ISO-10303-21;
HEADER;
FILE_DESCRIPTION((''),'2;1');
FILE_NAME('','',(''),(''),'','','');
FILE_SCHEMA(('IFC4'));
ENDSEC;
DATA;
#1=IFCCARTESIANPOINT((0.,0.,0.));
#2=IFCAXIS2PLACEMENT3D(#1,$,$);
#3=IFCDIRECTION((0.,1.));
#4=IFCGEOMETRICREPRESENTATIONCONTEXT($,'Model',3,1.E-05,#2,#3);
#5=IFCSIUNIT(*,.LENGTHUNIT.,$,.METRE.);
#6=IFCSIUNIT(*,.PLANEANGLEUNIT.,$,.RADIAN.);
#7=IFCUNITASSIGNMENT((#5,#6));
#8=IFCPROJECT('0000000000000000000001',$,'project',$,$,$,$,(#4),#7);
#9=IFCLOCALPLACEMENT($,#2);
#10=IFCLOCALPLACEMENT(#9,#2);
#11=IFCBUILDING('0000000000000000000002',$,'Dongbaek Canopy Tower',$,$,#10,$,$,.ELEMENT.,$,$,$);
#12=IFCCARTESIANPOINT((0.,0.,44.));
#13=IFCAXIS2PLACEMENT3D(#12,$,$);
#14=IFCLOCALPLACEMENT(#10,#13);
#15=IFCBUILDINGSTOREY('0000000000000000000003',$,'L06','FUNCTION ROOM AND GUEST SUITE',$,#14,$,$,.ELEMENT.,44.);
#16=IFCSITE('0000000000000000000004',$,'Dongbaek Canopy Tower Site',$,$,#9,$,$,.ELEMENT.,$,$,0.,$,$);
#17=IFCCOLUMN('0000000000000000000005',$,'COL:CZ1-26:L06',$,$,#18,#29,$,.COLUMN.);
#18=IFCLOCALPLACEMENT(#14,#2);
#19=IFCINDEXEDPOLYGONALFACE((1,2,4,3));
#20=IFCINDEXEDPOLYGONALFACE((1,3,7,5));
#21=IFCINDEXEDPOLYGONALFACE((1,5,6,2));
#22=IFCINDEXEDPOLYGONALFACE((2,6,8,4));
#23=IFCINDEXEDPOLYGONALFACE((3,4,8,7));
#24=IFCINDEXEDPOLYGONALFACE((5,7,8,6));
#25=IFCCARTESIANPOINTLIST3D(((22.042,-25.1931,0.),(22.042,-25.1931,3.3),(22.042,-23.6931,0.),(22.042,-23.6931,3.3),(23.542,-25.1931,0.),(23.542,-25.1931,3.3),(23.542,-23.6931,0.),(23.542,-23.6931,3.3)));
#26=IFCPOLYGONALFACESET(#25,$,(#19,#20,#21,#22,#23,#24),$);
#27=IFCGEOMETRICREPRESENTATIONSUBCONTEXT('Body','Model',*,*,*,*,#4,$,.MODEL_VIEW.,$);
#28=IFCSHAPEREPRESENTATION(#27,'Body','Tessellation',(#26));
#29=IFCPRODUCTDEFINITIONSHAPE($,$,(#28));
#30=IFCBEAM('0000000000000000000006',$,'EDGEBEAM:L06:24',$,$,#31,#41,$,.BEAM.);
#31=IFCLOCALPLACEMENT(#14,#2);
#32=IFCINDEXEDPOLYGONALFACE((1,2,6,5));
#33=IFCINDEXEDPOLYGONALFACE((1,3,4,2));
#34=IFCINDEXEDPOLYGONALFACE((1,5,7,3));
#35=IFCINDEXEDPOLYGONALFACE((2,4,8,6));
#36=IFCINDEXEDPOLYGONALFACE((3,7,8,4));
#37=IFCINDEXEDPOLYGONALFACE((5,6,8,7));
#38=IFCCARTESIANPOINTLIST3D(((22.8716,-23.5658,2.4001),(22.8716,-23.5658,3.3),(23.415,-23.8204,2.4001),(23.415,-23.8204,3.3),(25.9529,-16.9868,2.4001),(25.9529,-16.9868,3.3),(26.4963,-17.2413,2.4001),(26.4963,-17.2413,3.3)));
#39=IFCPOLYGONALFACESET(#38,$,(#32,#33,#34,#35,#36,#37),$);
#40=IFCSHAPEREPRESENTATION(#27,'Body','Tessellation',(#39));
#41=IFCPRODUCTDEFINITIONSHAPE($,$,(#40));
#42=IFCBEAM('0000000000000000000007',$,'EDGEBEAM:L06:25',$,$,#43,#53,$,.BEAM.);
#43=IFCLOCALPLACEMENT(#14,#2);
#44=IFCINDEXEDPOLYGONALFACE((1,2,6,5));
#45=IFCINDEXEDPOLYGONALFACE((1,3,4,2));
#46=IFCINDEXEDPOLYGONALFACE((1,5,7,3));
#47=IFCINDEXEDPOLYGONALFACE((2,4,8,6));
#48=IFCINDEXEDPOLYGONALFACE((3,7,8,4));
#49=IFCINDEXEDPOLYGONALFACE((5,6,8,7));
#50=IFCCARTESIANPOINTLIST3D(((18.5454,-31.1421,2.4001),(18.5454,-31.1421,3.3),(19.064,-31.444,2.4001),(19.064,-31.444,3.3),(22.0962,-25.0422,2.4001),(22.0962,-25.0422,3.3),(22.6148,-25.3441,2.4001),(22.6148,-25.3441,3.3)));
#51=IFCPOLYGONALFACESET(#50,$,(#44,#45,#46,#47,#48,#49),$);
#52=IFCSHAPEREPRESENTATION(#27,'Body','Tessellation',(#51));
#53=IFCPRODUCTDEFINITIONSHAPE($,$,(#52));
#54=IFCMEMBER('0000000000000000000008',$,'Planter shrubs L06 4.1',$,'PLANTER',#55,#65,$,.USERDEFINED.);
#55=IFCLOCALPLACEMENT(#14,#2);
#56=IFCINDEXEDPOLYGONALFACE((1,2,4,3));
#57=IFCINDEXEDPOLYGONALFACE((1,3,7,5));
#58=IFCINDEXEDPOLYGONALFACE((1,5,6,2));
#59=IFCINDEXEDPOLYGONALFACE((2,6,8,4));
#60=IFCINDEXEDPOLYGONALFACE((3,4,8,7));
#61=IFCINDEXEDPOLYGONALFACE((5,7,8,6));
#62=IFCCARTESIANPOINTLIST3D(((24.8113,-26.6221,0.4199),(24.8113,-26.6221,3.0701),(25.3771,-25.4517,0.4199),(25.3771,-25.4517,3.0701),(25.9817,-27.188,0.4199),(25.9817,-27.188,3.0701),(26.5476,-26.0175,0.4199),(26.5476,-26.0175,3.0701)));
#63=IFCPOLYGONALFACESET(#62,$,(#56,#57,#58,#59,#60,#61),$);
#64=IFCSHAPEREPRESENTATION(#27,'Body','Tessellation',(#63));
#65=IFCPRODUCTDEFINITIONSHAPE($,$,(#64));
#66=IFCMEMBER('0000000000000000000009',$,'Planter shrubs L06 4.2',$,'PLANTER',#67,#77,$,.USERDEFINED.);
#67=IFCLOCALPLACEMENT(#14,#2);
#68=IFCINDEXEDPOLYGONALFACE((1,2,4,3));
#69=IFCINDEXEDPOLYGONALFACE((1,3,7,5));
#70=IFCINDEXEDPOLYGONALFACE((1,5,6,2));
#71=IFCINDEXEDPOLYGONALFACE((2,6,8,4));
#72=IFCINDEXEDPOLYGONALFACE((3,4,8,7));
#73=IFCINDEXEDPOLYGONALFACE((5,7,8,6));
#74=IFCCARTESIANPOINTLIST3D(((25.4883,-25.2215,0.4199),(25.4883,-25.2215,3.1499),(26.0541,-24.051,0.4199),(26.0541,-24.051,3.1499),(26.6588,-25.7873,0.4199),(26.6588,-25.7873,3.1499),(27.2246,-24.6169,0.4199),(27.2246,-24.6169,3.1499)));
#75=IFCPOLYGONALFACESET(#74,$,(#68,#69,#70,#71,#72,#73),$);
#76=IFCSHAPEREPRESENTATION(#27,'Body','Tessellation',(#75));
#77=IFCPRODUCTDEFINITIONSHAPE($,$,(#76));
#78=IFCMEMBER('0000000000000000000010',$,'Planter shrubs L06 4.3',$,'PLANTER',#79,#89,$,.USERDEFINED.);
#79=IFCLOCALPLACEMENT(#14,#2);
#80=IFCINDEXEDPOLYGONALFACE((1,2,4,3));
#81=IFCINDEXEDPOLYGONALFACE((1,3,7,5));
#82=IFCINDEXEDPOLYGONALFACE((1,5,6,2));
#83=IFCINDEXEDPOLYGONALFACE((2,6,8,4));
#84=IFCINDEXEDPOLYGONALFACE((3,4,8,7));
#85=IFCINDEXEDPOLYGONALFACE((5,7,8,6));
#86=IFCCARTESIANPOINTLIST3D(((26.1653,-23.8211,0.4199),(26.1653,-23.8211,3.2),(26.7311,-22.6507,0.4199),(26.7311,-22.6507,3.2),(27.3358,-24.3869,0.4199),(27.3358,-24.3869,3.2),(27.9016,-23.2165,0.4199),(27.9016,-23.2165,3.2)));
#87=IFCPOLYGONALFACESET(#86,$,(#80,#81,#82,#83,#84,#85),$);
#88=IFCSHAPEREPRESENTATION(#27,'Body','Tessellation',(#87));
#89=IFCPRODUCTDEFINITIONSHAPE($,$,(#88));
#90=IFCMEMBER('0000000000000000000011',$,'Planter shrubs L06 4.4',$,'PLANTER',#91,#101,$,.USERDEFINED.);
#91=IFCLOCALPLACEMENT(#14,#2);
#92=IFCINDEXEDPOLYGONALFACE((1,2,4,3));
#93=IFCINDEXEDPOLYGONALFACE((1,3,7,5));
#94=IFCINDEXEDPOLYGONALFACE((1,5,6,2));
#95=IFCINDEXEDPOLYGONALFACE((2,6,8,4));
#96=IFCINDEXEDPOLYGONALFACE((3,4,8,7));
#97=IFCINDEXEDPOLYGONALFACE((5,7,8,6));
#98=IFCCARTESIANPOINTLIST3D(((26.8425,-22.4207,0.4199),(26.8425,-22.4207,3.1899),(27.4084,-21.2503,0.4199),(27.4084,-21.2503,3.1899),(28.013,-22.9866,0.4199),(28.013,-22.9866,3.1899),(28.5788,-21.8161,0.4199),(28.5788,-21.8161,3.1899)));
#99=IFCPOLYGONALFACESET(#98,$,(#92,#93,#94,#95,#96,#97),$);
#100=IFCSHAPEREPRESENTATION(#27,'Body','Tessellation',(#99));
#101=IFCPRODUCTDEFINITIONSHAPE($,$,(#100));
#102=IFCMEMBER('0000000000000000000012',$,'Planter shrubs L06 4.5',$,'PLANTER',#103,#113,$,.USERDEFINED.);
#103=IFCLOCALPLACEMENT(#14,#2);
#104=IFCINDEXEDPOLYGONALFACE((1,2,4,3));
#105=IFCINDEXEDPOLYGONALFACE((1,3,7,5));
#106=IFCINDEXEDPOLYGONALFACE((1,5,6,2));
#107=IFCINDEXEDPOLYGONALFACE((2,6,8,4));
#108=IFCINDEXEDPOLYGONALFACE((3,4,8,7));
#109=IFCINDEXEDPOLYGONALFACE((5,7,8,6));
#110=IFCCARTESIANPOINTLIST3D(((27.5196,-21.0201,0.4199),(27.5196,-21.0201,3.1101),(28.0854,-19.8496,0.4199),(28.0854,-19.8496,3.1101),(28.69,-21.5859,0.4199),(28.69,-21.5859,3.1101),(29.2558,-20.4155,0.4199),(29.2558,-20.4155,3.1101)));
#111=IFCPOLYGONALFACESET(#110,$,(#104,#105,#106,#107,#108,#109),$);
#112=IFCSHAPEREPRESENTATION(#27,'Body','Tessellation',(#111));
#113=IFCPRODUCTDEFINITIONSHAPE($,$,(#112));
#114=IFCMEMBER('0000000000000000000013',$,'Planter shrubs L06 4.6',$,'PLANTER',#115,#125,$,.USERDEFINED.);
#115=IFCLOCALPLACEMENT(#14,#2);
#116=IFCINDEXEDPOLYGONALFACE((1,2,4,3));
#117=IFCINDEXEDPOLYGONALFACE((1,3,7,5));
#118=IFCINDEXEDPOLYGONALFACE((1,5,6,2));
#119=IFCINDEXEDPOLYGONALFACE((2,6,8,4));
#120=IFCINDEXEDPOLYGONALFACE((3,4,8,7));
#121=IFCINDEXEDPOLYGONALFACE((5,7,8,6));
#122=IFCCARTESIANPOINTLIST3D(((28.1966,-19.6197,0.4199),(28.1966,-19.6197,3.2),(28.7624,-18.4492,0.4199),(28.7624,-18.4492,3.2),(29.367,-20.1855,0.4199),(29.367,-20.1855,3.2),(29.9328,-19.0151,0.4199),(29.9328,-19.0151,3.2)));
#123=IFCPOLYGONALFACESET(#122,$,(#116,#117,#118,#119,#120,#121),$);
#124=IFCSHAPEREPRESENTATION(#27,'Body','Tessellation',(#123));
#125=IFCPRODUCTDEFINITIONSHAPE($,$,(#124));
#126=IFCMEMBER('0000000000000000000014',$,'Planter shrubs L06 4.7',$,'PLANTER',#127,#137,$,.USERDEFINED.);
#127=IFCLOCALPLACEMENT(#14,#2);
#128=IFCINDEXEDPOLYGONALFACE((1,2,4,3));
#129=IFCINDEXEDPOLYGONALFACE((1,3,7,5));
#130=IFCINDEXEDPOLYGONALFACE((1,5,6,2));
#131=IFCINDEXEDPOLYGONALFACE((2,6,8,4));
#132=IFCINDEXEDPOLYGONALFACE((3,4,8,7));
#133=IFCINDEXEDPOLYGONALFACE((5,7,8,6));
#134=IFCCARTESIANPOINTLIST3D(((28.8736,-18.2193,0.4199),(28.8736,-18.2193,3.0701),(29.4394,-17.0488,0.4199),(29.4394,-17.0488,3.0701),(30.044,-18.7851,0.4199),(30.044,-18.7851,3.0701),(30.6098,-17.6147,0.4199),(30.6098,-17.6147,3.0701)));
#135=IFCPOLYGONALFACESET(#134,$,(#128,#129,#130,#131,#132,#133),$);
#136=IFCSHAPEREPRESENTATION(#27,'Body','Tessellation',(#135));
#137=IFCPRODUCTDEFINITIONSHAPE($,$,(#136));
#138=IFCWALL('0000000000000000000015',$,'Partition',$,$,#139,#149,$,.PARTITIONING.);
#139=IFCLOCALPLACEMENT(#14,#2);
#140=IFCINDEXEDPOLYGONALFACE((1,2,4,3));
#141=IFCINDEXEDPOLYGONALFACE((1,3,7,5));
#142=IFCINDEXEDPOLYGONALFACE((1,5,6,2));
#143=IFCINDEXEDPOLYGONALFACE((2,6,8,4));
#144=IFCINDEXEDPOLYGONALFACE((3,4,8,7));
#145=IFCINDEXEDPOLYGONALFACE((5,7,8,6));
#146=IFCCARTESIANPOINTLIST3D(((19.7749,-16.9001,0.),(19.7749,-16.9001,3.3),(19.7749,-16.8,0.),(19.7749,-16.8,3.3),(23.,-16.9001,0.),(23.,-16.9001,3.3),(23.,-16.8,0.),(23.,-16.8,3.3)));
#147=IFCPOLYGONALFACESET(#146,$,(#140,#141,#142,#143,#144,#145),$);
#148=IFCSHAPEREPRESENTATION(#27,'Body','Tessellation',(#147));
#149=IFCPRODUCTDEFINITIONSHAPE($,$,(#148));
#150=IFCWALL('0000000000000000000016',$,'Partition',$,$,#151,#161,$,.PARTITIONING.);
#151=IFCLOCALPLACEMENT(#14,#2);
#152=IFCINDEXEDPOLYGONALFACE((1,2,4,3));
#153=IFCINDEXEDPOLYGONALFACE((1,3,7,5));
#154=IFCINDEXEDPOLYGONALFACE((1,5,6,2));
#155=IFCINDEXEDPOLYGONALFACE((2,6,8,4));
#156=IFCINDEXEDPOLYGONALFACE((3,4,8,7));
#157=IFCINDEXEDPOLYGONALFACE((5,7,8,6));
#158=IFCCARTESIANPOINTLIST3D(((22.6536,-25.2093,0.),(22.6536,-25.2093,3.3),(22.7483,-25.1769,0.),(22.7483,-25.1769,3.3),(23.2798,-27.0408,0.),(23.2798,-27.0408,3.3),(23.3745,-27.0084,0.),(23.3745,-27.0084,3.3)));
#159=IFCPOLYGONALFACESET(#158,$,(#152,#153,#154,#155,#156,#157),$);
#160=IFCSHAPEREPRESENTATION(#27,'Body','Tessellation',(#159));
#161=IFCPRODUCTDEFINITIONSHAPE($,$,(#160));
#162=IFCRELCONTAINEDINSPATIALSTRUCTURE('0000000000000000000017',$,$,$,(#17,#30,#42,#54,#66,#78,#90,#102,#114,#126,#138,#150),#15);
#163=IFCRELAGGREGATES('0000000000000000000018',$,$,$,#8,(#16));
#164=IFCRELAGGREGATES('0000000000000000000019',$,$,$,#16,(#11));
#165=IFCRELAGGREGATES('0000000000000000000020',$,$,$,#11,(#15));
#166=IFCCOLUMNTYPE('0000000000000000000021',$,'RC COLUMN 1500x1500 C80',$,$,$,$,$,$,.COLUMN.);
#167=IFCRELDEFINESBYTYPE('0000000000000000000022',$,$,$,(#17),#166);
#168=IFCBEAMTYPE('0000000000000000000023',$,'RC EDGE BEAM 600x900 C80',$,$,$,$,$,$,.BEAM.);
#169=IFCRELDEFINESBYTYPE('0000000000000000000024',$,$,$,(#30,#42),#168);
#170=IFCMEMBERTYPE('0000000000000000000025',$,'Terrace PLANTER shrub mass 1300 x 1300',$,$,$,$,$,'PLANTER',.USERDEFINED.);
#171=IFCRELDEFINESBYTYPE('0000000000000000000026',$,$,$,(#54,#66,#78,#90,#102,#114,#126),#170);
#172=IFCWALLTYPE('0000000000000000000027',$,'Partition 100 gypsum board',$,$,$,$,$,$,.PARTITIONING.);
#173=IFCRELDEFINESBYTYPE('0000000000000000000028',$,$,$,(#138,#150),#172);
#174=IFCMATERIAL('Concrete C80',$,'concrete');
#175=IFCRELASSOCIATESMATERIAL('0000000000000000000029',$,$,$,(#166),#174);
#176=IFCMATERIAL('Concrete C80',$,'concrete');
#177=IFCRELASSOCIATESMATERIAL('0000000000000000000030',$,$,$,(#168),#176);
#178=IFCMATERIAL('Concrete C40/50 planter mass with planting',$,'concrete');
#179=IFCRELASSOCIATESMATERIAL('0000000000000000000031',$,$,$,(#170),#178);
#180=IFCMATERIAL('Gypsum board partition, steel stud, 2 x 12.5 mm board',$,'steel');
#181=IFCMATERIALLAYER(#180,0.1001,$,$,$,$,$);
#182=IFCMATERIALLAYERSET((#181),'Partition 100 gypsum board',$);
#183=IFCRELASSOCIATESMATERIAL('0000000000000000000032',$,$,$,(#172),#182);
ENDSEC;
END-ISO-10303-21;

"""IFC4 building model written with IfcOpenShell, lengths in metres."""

from ifc_helpers import new_model, si_unit, direction, frame, frame_2d, origin, origin_2d, place, context, subcontext, project, spatial, rectangle, extrude, material, layer, layer_set, material_profile, profile_set, type_object, element, save


model = new_model("IFC4")

# Units and contexts
model_context = context("Model", 3, precision=1e-05, world=origin(), true_north=direction((0.0, 1.0)))
body_context = subcontext(model_context, "Body", "Model", "MODEL_VIEW")
ifc_project = project(units=[si_unit("LENGTHUNIT", "METRE"), si_unit("PLANEANGLEUNIT", "RADIAN")], contexts=[model_context])

# Site, building, storey
site_placement = place(None, origin())
site = spatial("IfcSite", under=ifc_project, at=site_placement, Name="Dongbaek Canopy Tower Site", CompositionType="ELEMENT", RefElevation=0.0)
building_placement = place(site_placement, origin())
building = spatial("IfcBuilding", under=site, at=building_placement, Name="Dongbaek Canopy Tower", CompositionType="ELEMENT")
storey_placement = place(building_placement, frame((0.0, 0.0, 44.0)))
storey = spatial("IfcBuildingStorey", under=building, at=storey_placement, Name="L06", Description="FUNCTION ROOM AND GUEST SUITE", CompositionType="ELEMENT", Elevation=44.0)

# Column
ifc_material_1 = material(Name="Concrete C80", Category="concrete")
ifc_material_profile_1 = material_profile(ifc_material_1, rectangle(XDim=1.5, YDim=1.5, at=origin_2d()), Name="RC COLUMN 1500x1500 C80")
ifc_profile_set_1 = profile_set([ifc_material_profile_1], Name="Concrete C80")
column_type = type_object("IfcColumnType", Name="RC COLUMN 1500x1500 C80", PredefinedType="COLUMN", material=ifc_profile_set_1)
column_placement = place(storey_placement, frame((22.792, -24.4431, 0.0), z_axis=(0.0, 0.0, 1.0), x_axis=(1.0, 0.0, 0.0)))
element("IfcColumn", 1, at=column_placement, inside=storey, type_object=column_type, Name="COL:CZ1-26:L06", PredefinedType="COLUMN", context=body_context, shape_type="SweptSolid", body=[
    extrude(rectangle(XDim=1.5, YDim=1.5, at=origin_2d()), origin(), (0.0, 0.0, 1.0), 3.3),
])

# Beams
ifc_material_2 = material(Name="Concrete C80", Category="concrete")
ifc_material_profile_2 = material_profile(ifc_material_2, rectangle(XDim=0.6001, YDim=0.8999, at=origin_2d()), Name="RC EDGE BEAM 600x900 C80")
ifc_profile_set_2 = profile_set([ifc_material_profile_2], Name="Concrete C80")
beam_type = type_object("IfcBeamType", Name="RC EDGE BEAM 600x900 C80", PredefinedType="BEAM", material=ifc_profile_set_2)
beam_1_placement = place(storey_placement, frame((26.2246, -17.114, 2.8501), z_axis=(-0.424134, -0.905599, 0.0), x_axis=(0.905599, -0.424134, 0.0)))
element("IfcBeam", 2, at=beam_1_placement, inside=storey, type_object=beam_type, Name="EDGEBEAM:L06:24", PredefinedType="BEAM", context=body_context, shape_type="SweptSolid", body=[
    extrude(rectangle(XDim=0.6001, YDim=0.8999, at=origin_2d()), origin(), (0.0, 0.0, 1.0), 7.2649),
])
beam_2_placement = place(storey_placement, frame((22.3555, -25.1931, 2.8501), z_axis=(-0.503082, -0.864239, 0.0), x_axis=(0.864239, -0.503082, 0.0)))
element("IfcBeam", 3, at=beam_2_placement, inside=storey, type_object=beam_type, Name="EDGEBEAM:L06:25", PredefinedType="BEAM", context=body_context, shape_type="SweptSolid", body=[
    extrude(rectangle(XDim=0.6001, YDim=0.8999, at=origin_2d()), origin(), (0.0, 0.0, 1.0), 7.0581),
])

# Members
ifc_material_3 = material(Name="Concrete C40/50 planter mass with planting", Category="concrete")
ifc_material_profile_3 = material_profile(ifc_material_3, rectangle(XDim=1.3, YDim=1.3, at=origin_2d()), Name="Terrace PLANTER shrub mass 1300 x 1300")
ifc_profile_set_3 = profile_set([ifc_material_profile_3], Name="Concrete C40/50 planter mass with planting")
member_type = type_object("IfcMemberType", Name="Terrace PLANTER shrub mass 1300 x 1300", ElementType="PLANTER", PredefinedType="USERDEFINED", material=ifc_profile_set_3)
member_1_placement = place(storey_placement, frame((25.6794, -26.3198, 0.4199), z_axis=(0.0, 0.0, 1.0), x_axis=(0.900312, -0.435245, 0.0)))
element("IfcMember", 4, at=member_1_placement, inside=storey, type_object=member_type, Name="Planter shrubs L06 4.1", ObjectType="PLANTER", PredefinedType="USERDEFINED", context=body_context, shape_type="SweptSolid", body=[
    extrude(rectangle(XDim=1.3, YDim=1.3, at=origin_2d()), origin(), (0.0, 0.0, 1.0), 2.6501),
])
member_2_placement = place(storey_placement, frame((26.3564, -24.9192, 0.4199), z_axis=(0.0, 0.0, 1.0), x_axis=(0.900312, -0.435245, 0.0)))
element("IfcMember", 5, at=member_2_placement, inside=storey, type_object=member_type, Name="Planter shrubs L06 4.2", ObjectType="PLANTER", PredefinedType="USERDEFINED", context=body_context, shape_type="SweptSolid", body=[
    extrude(rectangle(XDim=1.3, YDim=1.3, at=origin_2d()), origin(), (0.0, 0.0, 1.0), 2.73),
])
member_3_placement = place(storey_placement, frame((27.0334, -23.5188, 0.4199), z_axis=(0.0, 0.0, 1.0), x_axis=(0.900312, -0.435245, 0.0)))
element("IfcMember", 6, at=member_3_placement, inside=storey, type_object=member_type, Name="Planter shrubs L06 4.3", ObjectType="PLANTER", PredefinedType="USERDEFINED", context=body_context, shape_type="SweptSolid", body=[
    extrude(rectangle(XDim=1.3, YDim=1.3, at=origin_2d()), origin(), (0.0, 0.0, 1.0), 2.78),
])
member_4_placement = place(storey_placement, frame((27.7107, -22.1184, 0.4199), z_axis=(0.0, 0.0, 1.0), x_axis=(0.900312, -0.435245, 0.0)))
element("IfcMember", 7, at=member_4_placement, inside=storey, type_object=member_type, Name="Planter shrubs L06 4.4", ObjectType="PLANTER", PredefinedType="USERDEFINED", context=body_context, shape_type="SweptSolid", body=[
    extrude(rectangle(XDim=1.3, YDim=1.3, at=origin_2d()), origin(), (0.0, 0.0, 1.0), 2.77),
])
member_5_placement = place(storey_placement, frame((28.3877, -20.7178, 0.4199), z_axis=(0.0, 0.0, 1.0), x_axis=(0.900312, -0.435245, 0.0)))
element("IfcMember", 8, at=member_5_placement, inside=storey, type_object=member_type, Name="Planter shrubs L06 4.5", ObjectType="PLANTER", PredefinedType="USERDEFINED", context=body_context, shape_type="SweptSolid", body=[
    extrude(rectangle(XDim=1.3, YDim=1.3, at=origin_2d()), origin(), (0.0, 0.0, 1.0), 2.6902),
])
member_6_placement = place(storey_placement, frame((29.0647, -19.3174, 0.4199), z_axis=(0.0, 0.0, 1.0), x_axis=(0.900312, -0.435245, 0.0)))
element("IfcMember", 9, at=member_6_placement, inside=storey, type_object=member_type, Name="Planter shrubs L06 4.6", ObjectType="PLANTER", PredefinedType="USERDEFINED", context=body_context, shape_type="SweptSolid", body=[
    extrude(rectangle(XDim=1.3, YDim=1.3, at=origin_2d()), origin(), (0.0, 0.0, 1.0), 2.78),
])
member_7_placement = place(storey_placement, frame((29.7417, -17.917, 0.4199), z_axis=(0.0, 0.0, 1.0), x_axis=(0.900312, -0.435245, 0.0)))
element("IfcMember", 10, at=member_7_placement, inside=storey, type_object=member_type, Name="Planter shrubs L06 4.7", ObjectType="PLANTER", PredefinedType="USERDEFINED", context=body_context, shape_type="SweptSolid", body=[
    extrude(rectangle(XDim=1.3, YDim=1.3, at=origin_2d()), origin(), (0.0, 0.0, 1.0), 2.6501),
])

# Walls
ifc_material_4 = material(Name="Gypsum board partition, steel stud, 2 x 12.5 mm board", Category="steel")
ifc_layer = layer(ifc_material_4, 0.1001)
ifc_layer_set = layer_set([ifc_layer], Name="Partition 100 gypsum board")
wall_type = type_object("IfcWallType", Name="Partition 100 gypsum board", PredefinedType="PARTITIONING", material=ifc_layer_set)
wall_1_placement = place(storey_placement, frame((19.7749, -16.8501, 0.0), z_axis=(0.0, 0.0, 1.0), x_axis=(1.0, 0.0, 0.0)))
element("IfcWall", 11, at=wall_1_placement, inside=storey, type_object=wall_type, Name="Partition", PredefinedType="PARTITIONING", context=body_context, shape_type="SweptSolid", body=[
    extrude(rectangle(XDim=3.2251, YDim=0.1001, at=frame_2d((1.6125, 0.0))), origin(), (0.0, 0.0, 1.0), 3.3),
])
wall_2_placement = place(storey_placement, frame((22.7009, -25.1931, 0.0), z_axis=(0.0, 0.0, 1.0), x_axis=(0.323521, -0.946221, 0.0)))
element("IfcWall", 12, at=wall_2_placement, inside=storey, type_object=wall_type, Name="Partition", PredefinedType="PARTITIONING", context=body_context, shape_type="SweptSolid", body=[
    extrude(rectangle(XDim=1.9355, YDim=0.1001, at=frame_2d((0.9678, 0.0))), origin(), (0.0, 0.0, 1.0), 3.3),
])

save(model, "model.ifc")
